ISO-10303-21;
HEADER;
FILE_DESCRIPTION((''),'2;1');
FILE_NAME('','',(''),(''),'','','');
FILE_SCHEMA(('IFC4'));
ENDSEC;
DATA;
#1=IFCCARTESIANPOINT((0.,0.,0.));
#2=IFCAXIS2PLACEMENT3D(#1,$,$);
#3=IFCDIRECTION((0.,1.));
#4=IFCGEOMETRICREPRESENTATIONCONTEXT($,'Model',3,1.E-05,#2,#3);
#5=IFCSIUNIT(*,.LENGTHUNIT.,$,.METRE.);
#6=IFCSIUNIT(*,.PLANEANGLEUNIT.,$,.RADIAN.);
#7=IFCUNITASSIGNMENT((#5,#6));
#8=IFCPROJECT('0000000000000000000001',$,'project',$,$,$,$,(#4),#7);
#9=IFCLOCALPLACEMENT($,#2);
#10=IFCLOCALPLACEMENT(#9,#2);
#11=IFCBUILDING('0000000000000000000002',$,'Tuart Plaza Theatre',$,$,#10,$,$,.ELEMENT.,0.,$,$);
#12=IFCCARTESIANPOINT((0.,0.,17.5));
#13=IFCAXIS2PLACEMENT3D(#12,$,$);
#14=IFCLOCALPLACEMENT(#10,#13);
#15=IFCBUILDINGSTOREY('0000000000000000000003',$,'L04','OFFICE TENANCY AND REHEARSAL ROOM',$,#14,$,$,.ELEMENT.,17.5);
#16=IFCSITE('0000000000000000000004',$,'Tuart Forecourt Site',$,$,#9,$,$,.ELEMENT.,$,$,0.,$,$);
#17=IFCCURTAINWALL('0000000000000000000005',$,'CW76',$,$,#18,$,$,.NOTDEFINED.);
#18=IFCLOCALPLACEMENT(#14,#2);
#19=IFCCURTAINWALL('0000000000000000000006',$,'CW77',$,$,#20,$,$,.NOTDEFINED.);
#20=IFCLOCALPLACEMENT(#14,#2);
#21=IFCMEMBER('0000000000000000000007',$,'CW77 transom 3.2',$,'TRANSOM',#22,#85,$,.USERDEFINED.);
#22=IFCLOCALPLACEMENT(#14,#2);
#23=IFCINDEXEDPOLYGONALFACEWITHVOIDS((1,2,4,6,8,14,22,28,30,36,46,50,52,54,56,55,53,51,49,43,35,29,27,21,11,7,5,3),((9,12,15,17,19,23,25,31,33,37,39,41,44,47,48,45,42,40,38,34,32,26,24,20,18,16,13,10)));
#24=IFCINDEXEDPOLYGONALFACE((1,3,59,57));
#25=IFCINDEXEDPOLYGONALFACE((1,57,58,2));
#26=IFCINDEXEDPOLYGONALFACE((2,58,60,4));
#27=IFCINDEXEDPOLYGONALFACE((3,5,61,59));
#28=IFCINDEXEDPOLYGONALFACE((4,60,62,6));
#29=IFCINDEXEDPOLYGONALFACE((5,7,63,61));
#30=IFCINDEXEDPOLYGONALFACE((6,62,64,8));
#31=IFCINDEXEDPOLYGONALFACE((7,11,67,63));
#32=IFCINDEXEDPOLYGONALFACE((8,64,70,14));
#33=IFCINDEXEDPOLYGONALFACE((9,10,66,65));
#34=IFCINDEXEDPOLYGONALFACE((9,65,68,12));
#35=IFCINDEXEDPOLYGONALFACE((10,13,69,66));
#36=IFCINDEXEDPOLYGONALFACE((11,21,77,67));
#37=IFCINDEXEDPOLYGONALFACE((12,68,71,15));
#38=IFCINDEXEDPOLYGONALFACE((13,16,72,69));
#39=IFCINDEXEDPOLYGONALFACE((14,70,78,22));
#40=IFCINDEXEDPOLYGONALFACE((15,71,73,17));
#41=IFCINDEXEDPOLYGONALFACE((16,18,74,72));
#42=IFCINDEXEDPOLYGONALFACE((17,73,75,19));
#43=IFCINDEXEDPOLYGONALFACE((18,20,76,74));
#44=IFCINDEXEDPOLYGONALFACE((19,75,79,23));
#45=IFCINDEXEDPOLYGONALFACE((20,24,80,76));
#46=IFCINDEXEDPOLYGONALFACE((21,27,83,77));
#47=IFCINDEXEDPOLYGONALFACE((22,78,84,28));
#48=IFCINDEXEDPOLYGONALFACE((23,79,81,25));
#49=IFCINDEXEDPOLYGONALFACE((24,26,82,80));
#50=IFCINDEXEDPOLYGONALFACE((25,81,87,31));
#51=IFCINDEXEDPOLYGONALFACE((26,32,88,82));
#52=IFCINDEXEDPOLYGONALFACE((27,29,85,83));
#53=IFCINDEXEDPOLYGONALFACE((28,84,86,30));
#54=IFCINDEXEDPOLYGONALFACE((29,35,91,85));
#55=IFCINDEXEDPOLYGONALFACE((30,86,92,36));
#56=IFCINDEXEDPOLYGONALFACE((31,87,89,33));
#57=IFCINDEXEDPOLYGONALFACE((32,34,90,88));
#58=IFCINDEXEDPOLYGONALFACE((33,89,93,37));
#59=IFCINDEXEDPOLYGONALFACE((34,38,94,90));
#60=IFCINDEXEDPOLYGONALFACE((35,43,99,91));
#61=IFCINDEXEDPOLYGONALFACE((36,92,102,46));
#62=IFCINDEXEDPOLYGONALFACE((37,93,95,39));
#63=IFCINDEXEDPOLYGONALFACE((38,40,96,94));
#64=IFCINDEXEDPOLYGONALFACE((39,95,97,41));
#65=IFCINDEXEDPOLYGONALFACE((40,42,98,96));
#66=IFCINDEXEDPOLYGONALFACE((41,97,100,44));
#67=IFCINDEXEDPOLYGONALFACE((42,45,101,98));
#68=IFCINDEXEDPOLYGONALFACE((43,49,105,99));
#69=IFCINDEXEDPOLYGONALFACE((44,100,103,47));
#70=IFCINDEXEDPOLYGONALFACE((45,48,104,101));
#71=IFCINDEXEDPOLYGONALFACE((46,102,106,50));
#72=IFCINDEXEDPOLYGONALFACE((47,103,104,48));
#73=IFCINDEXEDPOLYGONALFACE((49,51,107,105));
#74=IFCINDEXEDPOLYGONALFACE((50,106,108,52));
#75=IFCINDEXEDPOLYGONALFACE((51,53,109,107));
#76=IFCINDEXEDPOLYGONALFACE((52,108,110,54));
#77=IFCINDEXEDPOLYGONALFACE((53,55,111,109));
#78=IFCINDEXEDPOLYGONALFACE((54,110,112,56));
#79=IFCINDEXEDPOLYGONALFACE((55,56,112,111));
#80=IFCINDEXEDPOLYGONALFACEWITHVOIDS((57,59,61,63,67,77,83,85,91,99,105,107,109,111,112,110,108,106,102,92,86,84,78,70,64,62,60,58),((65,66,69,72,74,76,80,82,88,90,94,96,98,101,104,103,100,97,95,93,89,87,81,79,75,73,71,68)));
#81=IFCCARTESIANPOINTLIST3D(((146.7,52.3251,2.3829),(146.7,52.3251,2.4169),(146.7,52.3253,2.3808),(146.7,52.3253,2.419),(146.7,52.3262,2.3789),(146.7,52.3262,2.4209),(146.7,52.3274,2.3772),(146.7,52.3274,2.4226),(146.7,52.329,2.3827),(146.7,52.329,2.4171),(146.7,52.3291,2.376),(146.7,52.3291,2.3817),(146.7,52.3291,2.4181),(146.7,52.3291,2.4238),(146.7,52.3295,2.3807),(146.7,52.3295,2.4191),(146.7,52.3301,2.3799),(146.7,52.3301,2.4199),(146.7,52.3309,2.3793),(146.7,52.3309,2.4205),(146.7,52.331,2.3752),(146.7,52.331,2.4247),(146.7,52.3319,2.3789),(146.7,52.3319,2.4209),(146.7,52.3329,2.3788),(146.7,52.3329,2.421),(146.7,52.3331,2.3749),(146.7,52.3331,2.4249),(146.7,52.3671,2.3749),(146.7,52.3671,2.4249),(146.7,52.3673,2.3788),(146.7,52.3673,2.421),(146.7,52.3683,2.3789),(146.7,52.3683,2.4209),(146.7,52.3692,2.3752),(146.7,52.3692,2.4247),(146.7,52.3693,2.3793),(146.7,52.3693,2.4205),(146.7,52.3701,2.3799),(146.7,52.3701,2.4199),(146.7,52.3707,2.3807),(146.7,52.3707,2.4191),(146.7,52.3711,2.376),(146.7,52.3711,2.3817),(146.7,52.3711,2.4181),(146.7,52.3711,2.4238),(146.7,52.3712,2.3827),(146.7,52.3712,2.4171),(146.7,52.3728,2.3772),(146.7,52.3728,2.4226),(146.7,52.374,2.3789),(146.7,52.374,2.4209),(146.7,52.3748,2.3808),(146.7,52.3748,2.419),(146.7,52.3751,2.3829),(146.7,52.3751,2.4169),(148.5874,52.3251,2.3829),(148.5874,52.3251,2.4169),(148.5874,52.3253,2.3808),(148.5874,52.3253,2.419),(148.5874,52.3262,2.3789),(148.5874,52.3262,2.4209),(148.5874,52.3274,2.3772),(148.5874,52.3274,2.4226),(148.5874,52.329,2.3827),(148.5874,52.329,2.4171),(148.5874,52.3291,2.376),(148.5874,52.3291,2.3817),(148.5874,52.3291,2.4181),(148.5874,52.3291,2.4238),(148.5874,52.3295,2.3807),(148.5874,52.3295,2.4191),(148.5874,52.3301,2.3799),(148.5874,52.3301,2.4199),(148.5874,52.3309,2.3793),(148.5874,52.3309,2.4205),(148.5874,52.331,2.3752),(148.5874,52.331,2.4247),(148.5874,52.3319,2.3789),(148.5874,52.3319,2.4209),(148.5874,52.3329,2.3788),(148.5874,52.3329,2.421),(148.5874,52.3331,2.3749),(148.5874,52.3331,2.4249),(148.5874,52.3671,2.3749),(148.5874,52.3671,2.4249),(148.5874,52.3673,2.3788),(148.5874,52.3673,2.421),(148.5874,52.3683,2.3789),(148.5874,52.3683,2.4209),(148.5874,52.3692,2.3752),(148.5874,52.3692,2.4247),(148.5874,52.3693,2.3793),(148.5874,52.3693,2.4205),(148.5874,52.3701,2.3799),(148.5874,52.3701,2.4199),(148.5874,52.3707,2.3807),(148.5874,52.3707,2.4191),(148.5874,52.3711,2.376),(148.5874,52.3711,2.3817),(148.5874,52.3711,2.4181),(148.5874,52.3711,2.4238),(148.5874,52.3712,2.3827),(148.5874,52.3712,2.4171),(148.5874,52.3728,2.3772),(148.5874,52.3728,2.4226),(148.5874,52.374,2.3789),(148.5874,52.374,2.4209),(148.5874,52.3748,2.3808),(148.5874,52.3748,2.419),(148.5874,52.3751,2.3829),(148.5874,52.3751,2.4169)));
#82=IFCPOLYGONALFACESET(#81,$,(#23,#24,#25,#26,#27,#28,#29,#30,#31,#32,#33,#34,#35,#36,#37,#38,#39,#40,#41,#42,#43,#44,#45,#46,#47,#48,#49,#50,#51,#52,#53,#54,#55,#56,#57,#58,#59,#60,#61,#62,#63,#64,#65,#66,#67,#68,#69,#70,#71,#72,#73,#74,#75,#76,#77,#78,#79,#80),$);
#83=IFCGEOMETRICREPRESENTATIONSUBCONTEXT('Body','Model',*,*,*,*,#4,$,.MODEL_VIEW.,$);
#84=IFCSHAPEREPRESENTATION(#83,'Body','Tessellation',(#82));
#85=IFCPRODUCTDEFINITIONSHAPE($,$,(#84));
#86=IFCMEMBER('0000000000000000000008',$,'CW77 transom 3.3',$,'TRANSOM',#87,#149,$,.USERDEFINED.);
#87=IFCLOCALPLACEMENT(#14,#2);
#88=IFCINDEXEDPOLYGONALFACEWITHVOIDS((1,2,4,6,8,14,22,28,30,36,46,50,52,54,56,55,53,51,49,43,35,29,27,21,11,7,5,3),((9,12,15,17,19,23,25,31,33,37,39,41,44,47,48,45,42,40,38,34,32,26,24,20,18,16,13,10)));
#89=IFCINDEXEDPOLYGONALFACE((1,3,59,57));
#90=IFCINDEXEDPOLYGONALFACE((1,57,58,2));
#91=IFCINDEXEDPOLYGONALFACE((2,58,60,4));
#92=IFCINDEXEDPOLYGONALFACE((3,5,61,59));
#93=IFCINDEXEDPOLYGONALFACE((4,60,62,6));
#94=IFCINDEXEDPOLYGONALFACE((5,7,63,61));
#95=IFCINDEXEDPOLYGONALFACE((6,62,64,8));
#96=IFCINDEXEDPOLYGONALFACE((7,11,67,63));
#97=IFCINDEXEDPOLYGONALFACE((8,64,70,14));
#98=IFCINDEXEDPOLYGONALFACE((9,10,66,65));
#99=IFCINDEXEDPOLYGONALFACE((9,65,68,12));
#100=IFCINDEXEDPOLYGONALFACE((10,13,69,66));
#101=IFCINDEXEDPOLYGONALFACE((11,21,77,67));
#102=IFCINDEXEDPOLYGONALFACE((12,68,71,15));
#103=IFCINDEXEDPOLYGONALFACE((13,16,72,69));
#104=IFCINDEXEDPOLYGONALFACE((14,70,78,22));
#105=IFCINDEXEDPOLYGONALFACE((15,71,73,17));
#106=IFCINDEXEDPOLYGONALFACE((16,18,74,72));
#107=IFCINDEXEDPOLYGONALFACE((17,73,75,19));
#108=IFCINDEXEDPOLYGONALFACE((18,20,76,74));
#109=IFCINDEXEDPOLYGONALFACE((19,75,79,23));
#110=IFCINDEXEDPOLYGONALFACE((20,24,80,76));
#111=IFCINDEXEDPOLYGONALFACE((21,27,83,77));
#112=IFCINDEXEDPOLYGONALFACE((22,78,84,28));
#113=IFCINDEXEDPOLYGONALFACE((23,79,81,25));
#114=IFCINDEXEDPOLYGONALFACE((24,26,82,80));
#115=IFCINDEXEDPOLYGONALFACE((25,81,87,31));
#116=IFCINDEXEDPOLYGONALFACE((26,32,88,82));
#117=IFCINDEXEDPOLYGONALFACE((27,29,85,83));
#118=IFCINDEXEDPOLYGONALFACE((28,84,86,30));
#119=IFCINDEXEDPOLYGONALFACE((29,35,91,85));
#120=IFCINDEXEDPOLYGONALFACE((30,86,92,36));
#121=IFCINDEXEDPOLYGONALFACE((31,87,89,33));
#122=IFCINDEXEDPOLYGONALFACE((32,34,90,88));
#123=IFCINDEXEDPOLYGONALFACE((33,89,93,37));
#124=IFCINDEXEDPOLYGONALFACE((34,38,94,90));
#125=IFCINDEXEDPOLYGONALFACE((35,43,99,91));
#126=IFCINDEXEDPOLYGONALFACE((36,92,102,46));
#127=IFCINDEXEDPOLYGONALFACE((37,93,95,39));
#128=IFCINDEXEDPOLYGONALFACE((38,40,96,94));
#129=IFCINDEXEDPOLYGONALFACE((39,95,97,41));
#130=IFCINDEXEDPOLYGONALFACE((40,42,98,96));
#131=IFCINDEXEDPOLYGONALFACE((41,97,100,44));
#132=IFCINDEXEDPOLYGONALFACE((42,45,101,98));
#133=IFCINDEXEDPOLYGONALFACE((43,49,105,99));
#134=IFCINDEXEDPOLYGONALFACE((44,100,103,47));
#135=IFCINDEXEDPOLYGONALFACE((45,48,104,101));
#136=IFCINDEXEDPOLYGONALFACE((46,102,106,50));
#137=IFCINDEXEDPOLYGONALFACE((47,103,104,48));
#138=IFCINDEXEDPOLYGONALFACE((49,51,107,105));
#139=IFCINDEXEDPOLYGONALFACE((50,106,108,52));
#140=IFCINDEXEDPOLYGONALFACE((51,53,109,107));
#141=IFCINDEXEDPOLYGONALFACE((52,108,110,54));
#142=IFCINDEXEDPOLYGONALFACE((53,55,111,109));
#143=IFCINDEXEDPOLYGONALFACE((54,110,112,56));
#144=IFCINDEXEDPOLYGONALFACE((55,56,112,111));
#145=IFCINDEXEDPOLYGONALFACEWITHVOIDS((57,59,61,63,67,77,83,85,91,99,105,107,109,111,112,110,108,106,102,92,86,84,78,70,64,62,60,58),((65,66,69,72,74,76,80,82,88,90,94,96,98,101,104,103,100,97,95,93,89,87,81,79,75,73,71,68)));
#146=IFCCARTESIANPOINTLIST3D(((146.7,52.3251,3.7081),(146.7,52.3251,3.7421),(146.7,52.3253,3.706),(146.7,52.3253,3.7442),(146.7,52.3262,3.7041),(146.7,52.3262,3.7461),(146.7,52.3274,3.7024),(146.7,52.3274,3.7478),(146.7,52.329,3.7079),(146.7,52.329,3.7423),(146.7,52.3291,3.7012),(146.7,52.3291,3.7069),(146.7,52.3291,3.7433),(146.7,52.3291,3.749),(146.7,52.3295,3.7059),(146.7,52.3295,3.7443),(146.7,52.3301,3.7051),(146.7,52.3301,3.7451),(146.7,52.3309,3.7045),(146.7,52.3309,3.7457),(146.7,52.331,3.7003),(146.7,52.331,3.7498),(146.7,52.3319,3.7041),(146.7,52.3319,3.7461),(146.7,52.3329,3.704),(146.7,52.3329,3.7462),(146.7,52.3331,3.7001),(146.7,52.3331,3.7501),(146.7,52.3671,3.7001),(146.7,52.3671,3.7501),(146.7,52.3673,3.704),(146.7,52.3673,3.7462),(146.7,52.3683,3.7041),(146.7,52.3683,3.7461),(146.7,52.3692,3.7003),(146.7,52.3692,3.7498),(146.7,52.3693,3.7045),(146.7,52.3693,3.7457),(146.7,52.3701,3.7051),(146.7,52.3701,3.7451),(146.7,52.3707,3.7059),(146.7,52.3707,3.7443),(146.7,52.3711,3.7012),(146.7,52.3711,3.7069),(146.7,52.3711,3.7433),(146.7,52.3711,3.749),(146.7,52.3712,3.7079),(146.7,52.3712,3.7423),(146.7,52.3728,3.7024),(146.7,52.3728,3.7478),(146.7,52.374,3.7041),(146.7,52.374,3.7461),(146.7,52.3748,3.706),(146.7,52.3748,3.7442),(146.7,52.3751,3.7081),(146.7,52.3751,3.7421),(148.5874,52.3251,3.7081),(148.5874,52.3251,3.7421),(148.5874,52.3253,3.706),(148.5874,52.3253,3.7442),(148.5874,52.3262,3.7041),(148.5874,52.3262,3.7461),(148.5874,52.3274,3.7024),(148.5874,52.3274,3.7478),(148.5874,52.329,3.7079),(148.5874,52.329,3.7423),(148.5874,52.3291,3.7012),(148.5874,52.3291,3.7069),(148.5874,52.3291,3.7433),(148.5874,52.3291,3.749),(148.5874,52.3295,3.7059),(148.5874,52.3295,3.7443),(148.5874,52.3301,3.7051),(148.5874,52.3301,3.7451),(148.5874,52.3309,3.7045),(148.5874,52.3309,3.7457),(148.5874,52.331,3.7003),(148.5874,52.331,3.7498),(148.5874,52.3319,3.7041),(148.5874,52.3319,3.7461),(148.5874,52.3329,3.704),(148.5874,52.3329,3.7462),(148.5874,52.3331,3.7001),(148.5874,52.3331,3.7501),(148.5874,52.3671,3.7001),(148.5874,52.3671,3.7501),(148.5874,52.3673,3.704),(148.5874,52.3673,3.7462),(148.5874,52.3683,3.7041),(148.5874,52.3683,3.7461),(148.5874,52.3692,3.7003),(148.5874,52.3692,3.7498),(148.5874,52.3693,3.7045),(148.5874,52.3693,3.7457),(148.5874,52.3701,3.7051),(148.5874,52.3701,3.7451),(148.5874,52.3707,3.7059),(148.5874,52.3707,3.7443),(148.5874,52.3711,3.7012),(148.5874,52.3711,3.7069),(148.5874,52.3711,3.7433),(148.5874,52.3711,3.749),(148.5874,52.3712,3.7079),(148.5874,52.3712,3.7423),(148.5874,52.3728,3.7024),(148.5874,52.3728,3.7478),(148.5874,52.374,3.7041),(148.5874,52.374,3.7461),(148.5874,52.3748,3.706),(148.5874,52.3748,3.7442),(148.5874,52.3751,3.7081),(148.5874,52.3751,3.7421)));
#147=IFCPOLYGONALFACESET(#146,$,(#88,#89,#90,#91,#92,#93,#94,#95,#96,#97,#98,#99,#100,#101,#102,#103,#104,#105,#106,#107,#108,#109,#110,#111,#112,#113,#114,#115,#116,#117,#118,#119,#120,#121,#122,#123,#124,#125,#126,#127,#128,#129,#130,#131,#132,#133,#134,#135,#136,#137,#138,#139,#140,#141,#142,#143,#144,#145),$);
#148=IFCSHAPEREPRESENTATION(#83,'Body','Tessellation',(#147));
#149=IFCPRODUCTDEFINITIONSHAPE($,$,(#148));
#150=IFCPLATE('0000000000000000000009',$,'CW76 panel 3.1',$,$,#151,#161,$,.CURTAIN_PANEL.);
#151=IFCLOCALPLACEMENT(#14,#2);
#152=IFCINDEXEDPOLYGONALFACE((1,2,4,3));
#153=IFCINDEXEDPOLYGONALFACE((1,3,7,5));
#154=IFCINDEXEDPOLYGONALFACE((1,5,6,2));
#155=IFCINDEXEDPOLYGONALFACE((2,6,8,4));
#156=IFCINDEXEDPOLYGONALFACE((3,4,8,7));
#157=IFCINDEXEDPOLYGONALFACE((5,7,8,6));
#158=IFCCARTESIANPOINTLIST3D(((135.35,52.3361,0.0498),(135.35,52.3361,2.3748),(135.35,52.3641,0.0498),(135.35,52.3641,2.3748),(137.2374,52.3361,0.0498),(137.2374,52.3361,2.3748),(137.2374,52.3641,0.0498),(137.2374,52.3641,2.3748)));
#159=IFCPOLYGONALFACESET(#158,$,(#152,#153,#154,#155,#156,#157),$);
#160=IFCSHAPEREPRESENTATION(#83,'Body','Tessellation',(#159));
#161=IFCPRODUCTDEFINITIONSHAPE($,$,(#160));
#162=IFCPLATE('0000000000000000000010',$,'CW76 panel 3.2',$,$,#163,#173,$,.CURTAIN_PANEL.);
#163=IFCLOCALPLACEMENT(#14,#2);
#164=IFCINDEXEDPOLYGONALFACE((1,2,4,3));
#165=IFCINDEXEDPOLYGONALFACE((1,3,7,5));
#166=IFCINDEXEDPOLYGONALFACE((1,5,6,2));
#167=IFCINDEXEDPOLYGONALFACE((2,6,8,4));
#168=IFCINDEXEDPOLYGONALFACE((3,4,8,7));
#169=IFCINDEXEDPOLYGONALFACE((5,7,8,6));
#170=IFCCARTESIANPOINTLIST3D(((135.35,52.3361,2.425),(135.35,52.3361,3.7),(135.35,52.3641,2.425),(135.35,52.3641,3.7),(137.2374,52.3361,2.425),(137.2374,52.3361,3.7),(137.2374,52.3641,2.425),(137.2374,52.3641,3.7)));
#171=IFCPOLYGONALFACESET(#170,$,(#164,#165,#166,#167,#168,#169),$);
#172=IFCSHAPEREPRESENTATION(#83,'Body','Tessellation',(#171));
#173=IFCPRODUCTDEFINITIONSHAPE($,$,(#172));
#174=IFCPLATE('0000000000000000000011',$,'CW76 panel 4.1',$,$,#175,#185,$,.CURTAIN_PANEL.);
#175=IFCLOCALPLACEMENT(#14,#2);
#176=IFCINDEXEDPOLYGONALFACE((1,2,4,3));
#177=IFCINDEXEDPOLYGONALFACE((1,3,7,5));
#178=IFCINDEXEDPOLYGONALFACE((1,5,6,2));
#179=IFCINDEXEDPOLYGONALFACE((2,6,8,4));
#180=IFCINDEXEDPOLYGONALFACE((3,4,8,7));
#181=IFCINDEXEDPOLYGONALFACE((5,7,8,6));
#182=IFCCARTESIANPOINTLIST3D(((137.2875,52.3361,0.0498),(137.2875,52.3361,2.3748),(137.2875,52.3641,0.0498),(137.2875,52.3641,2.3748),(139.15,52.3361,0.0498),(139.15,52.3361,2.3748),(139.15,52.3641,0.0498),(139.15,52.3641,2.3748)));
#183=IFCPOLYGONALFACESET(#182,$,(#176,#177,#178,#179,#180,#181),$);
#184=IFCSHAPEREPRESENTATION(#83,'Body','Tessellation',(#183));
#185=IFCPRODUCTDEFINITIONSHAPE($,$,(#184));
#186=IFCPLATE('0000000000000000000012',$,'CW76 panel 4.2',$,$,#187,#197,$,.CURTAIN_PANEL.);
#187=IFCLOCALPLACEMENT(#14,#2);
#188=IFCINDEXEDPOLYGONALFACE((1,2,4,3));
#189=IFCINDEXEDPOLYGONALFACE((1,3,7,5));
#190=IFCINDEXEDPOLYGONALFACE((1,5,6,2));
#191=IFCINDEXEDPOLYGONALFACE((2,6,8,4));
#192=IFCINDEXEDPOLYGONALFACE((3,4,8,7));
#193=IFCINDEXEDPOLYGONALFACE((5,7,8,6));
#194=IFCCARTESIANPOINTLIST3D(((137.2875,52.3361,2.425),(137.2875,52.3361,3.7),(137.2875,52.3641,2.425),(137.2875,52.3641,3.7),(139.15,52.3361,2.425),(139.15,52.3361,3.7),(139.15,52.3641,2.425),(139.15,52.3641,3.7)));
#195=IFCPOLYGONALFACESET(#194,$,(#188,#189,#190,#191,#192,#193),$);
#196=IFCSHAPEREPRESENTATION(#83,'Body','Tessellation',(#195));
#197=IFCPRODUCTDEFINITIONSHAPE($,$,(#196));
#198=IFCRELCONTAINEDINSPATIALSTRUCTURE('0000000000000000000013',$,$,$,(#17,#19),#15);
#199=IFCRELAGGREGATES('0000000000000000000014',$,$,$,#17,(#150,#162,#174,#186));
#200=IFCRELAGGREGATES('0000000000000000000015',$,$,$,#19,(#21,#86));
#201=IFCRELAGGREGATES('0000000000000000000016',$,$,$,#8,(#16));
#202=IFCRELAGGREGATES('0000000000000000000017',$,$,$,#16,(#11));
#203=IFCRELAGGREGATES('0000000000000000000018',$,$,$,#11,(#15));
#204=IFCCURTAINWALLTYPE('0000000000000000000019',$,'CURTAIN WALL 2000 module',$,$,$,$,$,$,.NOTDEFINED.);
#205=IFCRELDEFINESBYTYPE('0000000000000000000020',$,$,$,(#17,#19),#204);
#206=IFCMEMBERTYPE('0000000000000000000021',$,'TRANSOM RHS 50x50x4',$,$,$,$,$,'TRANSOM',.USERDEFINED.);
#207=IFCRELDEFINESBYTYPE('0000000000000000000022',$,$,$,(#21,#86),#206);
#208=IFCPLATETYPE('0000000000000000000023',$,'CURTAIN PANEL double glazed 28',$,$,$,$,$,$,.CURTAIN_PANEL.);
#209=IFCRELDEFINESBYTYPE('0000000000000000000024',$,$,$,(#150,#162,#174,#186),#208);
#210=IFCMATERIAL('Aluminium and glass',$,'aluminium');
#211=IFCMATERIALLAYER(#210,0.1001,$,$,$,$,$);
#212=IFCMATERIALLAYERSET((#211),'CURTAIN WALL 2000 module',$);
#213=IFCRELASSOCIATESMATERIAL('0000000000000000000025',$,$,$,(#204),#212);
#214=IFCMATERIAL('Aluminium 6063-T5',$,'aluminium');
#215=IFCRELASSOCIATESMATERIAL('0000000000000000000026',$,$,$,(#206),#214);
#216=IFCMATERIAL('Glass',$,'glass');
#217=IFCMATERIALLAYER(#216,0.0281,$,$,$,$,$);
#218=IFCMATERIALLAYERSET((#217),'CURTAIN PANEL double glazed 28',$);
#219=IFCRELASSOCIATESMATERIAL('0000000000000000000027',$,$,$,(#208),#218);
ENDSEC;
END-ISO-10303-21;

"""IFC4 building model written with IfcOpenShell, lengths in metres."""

from ifc_helpers import new_model, si_unit, direction, frame, origin, origin_2d, place, context, subcontext, project, spatial, rectangle, hollow_rectangle, extrude, material, layer, layer_set, material_profile, profile_set, type_object, element, aggregate, save


model = new_model("IFC4")

# Units and contexts
model_context = context("Model", 3, precision=1e-05, world=origin(), true_north=direction((0.0, 1.0)))
body_context = subcontext(model_context, "Body", "Model", "MODEL_VIEW")
ifc_project = project(units=[si_unit("LENGTHUNIT", "METRE"), si_unit("PLANEANGLEUNIT", "RADIAN")], contexts=[model_context])

# Site, building, storey
site_placement = place(None, origin())
site = spatial("IfcSite", under=ifc_project, at=site_placement, Name="Tuart Forecourt Site", CompositionType="ELEMENT", RefElevation=0.0)
building_placement = place(site_placement, origin())
building = spatial("IfcBuilding", under=site, at=building_placement, Name="Tuart Plaza Theatre", CompositionType="ELEMENT", ElevationOfRefHeight=0.0)
storey_placement = place(building_placement, frame((0.0, 0.0, 17.5)))
storey = spatial("IfcBuildingStorey", under=building, at=storey_placement, Name="L04", Description="OFFICE TENANCY AND REHEARSAL ROOM", CompositionType="ELEMENT", Elevation=17.5)

# Curtain walls
ifc_material_1 = material(Name="Aluminium and glass", Category="aluminium")
ifc_layer_1 = layer(ifc_material_1, 0.1001)
ifc_layer_set_1 = layer_set([ifc_layer_1], Name="CURTAIN WALL 2000 module")
curtain_wall_type = type_object("IfcCurtainWallType", Name="CURTAIN WALL 2000 module", PredefinedType="NOTDEFINED", material=ifc_layer_set_1)
curtain_wall_1_placement = place(storey_placement, origin())
curtain_wall_1 = element("IfcCurtainWall", 1, at=curtain_wall_1_placement, inside=storey, type_object=curtain_wall_type, Name="CW76", PredefinedType="NOTDEFINED")
curtain_wall_2_placement = place(storey_placement, origin())
curtain_wall_2 = element("IfcCurtainWall", 2, at=curtain_wall_2_placement, inside=storey, type_object=curtain_wall_type, Name="CW77", PredefinedType="NOTDEFINED")

# Members
ifc_material_2 = material(Name="Aluminium 6063-T5", Category="aluminium")
ifc_material_profile_1 = material_profile(ifc_material_2, hollow_rectangle(XDim=0.05, YDim=0.05, WallThickness=0.0039, InnerFilletRadius=0.0039, OuterFilletRadius=0.0081, at=origin_2d()), Name="RHS 50x50x4")
ifc_profile_set_1 = profile_set([ifc_material_profile_1], Name="Aluminium 6063-T5")
member_type_1 = type_object("IfcMemberType", Name="TRANSOM RHS 50x50x4", ElementType="TRANSOM", PredefinedType="USERDEFINED", material=ifc_profile_set_1)
member_1_placement = place(storey_placement, frame((146.7, 52.3501, 2.3999), z_axis=(1.0, 0.0, 0.0), x_axis=(0.0, 1.0, 0.0)))
member_1 = element("IfcMember", 3, at=member_1_placement, type_object=member_type_1, Name="CW77 transom 3.2", ObjectType="TRANSOM", PredefinedType="USERDEFINED", context=body_context, shape_type="SweptSolid", body=[
    extrude(hollow_rectangle(XDim=0.05, YDim=0.05, WallThickness=0.0039, InnerFilletRadius=0.0039, OuterFilletRadius=0.0081, at=origin_2d()), origin(), (0.0, 0.0, 1.0), 1.8875),
])
member_2_placement = place(storey_placement, frame((146.7, 52.3501, 3.7251), z_axis=(1.0, 0.0, 0.0), x_axis=(0.0, 1.0, 0.0)))
member_2 = element("IfcMember", 4, at=member_2_placement, type_object=member_type_1, Name="CW77 transom 3.3", ObjectType="TRANSOM", PredefinedType="USERDEFINED", context=body_context, shape_type="SweptSolid", body=[
    extrude(hollow_rectangle(XDim=0.05, YDim=0.05, WallThickness=0.0039, InnerFilletRadius=0.0039, OuterFilletRadius=0.0081, at=origin_2d()), origin(), (0.0, 0.0, 1.0), 1.8875),
])

# Plates
ifc_material_3 = material(Name="Glass", Category="glass")
ifc_layer_2 = layer(ifc_material_3, 0.0281)
ifc_layer_set_2 = layer_set([ifc_layer_2], Name="CURTAIN PANEL double glazed 28")
plate_type = type_object("IfcPlateType", Name="CURTAIN PANEL double glazed 28", PredefinedType="CURTAIN_PANEL", material=ifc_layer_set_2)
plate_1_placement = place(storey_placement, frame((136.2937, 52.3501, 0.0498), z_axis=(0.0, 0.0, 1.0), x_axis=(1.0, 0.0, 0.0)))
plate_1 = element("IfcPlate", 5, at=plate_1_placement, type_object=plate_type, Name="CW76 panel 3.1", PredefinedType="CURTAIN_PANEL", context=body_context, shape_type="SweptSolid", body=[
    extrude(rectangle(XDim=1.8875, YDim=0.0281, at=origin_2d()), origin(), (0.0, 0.0, 1.0), 2.325),
])
plate_2_placement = place(storey_placement, frame((136.2937, 52.3501, 2.425), z_axis=(0.0, 0.0, 1.0), x_axis=(1.0, 0.0, 0.0)))
plate_2 = element("IfcPlate", 6, at=plate_2_placement, type_object=plate_type, Name="CW76 panel 3.2", PredefinedType="CURTAIN_PANEL", context=body_context, shape_type="SweptSolid", body=[
    extrude(rectangle(XDim=1.8875, YDim=0.0281, at=origin_2d()), origin(), (0.0, 0.0, 1.0), 1.2749),
])
plate_3_placement = place(storey_placement, frame((138.2188, 52.3501, 0.0498), z_axis=(0.0, 0.0, 1.0), x_axis=(1.0, 0.0, 0.0)))
plate_3 = element("IfcPlate", 7, at=plate_3_placement, type_object=plate_type, Name="CW76 panel 4.1", PredefinedType="CURTAIN_PANEL", context=body_context, shape_type="SweptSolid", body=[
    extrude(rectangle(XDim=1.8625, YDim=0.0281, at=origin_2d()), origin(), (0.0, 0.0, 1.0), 2.325),
])
plate_4_placement = place(storey_placement, frame((138.2188, 52.3501, 2.425), z_axis=(0.0, 0.0, 1.0), x_axis=(1.0, 0.0, 0.0)))
plate_4 = element("IfcPlate", 8, at=plate_4_placement, type_object=plate_type, Name="CW76 panel 4.2", PredefinedType="CURTAIN_PANEL", context=body_context, shape_type="SweptSolid", body=[
    extrude(rectangle(XDim=1.8625, YDim=0.0281, at=origin_2d()), origin(), (0.0, 0.0, 1.0), 1.2749),
])
aggregate(curtain_wall_1, [plate_1, plate_2, plate_3, plate_4])
aggregate(curtain_wall_2, [member_1, member_2])

save(model, "model.ifc")
